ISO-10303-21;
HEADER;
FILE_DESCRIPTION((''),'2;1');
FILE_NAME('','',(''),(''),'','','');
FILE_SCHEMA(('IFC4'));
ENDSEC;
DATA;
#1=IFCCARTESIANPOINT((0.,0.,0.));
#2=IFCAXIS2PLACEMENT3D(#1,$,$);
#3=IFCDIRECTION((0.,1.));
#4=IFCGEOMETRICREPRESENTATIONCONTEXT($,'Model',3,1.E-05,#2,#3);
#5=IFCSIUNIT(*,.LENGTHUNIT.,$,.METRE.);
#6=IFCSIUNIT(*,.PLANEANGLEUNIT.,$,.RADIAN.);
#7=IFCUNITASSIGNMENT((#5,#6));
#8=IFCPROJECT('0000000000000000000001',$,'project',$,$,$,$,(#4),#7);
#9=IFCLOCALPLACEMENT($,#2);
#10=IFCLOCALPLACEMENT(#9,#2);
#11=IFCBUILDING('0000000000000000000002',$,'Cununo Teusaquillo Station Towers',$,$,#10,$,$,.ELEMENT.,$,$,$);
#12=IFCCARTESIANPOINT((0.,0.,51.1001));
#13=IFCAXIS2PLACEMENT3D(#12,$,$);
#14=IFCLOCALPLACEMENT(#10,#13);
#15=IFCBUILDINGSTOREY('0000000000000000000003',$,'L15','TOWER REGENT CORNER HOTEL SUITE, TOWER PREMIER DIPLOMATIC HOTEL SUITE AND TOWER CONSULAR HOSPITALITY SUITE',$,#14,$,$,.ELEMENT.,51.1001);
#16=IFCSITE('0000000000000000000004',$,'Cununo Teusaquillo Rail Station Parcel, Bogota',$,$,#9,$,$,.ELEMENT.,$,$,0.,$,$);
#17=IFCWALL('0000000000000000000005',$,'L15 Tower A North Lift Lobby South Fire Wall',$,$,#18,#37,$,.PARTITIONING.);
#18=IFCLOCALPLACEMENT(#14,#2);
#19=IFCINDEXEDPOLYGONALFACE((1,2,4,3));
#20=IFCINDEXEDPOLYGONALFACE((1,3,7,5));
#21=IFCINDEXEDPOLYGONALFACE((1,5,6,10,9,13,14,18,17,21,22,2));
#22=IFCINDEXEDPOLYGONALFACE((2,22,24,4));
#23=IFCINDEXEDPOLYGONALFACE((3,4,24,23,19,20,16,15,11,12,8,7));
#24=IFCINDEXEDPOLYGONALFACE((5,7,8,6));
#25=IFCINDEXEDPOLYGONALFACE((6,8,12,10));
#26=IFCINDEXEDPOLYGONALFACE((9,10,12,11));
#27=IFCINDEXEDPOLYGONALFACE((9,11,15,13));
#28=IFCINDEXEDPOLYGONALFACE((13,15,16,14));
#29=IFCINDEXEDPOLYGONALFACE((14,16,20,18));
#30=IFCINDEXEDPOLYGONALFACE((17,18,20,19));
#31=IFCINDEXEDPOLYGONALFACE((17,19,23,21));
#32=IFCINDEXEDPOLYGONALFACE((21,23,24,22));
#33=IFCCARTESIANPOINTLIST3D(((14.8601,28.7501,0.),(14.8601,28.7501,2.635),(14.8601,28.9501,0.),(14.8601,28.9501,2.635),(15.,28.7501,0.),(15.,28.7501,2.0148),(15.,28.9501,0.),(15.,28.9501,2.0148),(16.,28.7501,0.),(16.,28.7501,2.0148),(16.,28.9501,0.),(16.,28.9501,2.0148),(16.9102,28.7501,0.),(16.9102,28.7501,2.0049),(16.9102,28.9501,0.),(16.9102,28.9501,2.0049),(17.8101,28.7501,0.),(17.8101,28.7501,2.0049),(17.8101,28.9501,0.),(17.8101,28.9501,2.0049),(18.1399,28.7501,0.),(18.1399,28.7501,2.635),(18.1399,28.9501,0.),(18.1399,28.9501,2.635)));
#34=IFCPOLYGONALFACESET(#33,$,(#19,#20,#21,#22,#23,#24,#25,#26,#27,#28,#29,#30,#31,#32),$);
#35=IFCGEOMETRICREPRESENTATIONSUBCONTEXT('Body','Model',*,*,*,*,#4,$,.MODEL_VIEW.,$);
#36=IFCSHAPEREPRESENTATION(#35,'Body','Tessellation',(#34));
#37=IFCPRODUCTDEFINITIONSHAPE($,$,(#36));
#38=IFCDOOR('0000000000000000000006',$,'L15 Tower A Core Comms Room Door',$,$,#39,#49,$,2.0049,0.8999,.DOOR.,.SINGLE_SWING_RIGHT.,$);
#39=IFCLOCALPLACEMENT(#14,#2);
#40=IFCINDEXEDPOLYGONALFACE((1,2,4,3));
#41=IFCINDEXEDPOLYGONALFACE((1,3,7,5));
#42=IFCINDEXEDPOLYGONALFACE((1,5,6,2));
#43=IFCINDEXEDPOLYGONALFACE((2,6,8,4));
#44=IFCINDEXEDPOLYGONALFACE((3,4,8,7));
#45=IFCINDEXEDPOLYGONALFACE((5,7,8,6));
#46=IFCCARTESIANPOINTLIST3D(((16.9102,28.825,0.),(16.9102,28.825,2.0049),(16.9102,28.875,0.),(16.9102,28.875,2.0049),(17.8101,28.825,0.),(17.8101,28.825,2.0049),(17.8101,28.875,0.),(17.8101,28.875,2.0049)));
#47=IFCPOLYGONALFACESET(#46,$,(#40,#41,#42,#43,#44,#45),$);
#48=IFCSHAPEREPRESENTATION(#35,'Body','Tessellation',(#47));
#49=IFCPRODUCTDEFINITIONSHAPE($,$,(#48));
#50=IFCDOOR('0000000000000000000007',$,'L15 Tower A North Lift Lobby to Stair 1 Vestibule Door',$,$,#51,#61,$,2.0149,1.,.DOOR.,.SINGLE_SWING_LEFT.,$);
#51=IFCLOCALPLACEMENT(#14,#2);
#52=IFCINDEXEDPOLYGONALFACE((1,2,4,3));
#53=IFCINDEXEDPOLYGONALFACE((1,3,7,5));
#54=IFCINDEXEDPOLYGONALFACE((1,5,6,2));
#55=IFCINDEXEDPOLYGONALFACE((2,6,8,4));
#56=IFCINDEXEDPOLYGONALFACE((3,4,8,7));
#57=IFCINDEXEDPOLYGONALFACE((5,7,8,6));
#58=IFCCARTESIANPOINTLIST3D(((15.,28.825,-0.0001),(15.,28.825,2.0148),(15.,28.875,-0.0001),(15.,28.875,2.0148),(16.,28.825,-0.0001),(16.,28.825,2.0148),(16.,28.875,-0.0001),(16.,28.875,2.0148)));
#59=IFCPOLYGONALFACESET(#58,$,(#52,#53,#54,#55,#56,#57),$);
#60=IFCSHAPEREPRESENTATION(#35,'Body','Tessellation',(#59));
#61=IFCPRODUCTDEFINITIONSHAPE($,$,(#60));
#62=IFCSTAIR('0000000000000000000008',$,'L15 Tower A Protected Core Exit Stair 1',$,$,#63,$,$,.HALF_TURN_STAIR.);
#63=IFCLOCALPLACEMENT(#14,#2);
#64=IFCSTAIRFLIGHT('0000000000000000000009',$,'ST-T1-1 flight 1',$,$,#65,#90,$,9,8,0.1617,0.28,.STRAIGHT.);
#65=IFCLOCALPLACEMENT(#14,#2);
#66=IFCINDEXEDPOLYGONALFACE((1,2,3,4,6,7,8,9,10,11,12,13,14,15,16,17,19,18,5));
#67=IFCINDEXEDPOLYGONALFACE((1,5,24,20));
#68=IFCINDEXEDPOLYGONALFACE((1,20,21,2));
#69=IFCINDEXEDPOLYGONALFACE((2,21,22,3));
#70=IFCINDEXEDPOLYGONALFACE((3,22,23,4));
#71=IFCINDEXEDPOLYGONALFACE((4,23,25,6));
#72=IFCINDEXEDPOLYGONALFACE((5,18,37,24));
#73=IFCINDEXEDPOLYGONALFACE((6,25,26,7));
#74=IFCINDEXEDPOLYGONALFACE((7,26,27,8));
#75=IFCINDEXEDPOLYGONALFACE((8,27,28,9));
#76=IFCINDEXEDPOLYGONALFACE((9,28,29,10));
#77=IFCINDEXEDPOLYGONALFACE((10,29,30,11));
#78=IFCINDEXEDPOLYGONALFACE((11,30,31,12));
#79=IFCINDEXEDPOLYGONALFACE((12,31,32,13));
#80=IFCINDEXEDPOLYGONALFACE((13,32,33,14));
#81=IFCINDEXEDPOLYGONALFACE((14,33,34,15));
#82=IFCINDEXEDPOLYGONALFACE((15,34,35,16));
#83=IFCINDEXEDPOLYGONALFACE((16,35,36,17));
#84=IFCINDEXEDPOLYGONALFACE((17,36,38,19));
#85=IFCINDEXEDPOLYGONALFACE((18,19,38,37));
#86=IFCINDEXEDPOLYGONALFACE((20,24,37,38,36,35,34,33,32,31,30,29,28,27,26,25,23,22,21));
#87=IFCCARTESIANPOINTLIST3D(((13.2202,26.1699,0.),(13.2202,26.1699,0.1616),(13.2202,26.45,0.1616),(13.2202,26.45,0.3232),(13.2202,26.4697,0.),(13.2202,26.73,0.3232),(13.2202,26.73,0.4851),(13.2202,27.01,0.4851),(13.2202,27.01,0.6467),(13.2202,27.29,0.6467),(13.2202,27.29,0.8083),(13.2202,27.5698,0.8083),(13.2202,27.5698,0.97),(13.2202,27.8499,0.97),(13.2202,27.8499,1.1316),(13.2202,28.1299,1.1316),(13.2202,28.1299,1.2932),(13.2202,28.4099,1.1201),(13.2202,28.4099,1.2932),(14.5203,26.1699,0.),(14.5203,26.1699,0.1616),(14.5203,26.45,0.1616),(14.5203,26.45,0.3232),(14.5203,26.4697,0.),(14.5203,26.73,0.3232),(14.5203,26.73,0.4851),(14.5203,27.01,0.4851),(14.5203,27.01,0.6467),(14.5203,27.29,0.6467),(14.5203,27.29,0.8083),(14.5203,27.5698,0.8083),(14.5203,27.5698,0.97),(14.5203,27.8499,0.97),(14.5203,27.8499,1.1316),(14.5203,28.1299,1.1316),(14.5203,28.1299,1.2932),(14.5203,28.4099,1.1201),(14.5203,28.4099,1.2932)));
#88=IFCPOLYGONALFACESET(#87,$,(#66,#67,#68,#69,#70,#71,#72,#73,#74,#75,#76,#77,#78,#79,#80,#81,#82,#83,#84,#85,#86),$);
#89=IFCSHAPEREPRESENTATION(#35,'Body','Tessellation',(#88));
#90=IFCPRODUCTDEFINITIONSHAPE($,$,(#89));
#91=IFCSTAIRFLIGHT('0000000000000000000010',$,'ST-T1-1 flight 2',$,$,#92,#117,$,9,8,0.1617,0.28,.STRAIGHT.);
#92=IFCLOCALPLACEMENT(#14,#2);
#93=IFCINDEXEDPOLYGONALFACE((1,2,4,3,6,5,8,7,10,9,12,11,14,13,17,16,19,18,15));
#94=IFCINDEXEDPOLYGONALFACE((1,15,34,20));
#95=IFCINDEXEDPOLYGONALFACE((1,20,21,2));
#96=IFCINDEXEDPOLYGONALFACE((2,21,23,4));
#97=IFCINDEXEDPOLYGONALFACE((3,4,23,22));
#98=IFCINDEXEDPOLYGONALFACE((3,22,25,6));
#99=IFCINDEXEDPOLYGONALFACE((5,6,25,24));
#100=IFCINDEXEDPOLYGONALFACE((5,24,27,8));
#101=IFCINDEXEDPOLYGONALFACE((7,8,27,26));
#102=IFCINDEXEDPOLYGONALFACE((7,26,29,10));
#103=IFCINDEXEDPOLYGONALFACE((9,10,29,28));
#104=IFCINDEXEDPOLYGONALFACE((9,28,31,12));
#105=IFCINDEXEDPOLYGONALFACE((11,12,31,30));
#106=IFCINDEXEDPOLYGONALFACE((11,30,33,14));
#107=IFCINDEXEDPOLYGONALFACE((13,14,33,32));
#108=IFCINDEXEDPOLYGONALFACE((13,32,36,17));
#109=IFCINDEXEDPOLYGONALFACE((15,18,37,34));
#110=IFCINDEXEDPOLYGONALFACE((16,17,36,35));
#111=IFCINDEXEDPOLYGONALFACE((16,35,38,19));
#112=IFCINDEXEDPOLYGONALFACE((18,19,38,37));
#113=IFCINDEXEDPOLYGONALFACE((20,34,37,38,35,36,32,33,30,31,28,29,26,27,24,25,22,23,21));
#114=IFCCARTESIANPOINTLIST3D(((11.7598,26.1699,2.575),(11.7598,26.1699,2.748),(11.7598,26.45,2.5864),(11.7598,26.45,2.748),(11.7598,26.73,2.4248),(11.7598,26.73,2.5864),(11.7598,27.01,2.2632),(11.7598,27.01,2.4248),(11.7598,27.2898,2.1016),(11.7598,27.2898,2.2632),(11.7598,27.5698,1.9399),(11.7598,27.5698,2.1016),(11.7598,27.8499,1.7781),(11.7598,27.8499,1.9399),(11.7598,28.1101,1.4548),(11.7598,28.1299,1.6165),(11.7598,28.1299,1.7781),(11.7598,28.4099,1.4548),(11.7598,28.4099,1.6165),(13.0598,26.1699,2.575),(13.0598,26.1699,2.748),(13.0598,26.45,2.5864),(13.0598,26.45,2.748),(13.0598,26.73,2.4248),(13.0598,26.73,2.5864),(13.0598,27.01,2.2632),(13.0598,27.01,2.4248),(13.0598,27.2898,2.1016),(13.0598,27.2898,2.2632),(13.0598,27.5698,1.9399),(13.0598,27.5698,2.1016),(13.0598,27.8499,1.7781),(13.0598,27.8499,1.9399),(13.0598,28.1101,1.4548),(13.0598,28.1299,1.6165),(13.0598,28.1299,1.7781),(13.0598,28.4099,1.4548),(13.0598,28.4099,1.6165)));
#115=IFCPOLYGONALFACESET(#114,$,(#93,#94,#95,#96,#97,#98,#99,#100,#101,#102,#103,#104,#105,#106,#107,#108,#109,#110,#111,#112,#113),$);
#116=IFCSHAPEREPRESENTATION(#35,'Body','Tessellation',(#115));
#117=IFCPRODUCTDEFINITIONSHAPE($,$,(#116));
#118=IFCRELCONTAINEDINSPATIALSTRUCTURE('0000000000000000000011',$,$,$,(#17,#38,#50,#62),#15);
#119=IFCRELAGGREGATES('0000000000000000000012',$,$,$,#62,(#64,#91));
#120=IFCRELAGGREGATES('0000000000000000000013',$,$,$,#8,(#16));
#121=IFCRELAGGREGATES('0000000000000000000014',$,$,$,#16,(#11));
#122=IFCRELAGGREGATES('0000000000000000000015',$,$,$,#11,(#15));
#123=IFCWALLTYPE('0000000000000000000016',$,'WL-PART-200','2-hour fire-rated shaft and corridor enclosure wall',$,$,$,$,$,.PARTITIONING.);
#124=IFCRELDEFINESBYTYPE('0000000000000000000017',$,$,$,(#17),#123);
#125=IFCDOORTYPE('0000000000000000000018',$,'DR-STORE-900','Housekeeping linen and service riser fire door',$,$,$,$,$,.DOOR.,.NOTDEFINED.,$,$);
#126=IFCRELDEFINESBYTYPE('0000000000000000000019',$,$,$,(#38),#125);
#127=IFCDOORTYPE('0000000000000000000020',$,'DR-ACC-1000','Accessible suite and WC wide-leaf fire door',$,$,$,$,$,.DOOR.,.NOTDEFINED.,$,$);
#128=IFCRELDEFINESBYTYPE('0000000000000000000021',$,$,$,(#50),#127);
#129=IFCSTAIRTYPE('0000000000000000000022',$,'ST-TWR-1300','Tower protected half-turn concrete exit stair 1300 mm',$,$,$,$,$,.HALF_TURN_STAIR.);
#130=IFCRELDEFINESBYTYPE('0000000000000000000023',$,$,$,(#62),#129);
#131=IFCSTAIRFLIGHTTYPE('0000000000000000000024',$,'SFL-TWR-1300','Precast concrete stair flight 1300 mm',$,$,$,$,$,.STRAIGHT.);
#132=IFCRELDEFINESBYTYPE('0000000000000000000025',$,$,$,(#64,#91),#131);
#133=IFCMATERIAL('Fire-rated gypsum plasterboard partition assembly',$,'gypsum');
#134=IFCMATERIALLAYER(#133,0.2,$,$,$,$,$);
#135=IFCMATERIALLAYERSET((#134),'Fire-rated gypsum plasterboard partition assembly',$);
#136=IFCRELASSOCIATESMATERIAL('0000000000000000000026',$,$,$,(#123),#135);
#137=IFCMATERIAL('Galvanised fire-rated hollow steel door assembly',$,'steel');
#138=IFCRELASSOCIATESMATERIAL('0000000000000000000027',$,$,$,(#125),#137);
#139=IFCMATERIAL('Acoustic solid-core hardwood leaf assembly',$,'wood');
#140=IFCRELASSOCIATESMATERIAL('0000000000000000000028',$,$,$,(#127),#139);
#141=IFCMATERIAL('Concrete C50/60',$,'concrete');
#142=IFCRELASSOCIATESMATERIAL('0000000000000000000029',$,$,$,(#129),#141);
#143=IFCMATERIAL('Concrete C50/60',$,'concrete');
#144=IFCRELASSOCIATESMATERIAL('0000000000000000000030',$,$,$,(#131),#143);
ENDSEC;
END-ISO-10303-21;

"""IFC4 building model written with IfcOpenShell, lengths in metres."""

from ifc_helpers import new_model, si_unit, direction, frame, frame_2d, origin, place, context, subcontext, project, spatial, polyline, rectangle, outline, extrude, source, transform, mapped, material, layer, layer_set, type_object, element, fill, aggregate, save


model = new_model("IFC4")

# Units and contexts
model_context = context("Model", 3, precision=1e-05, world=origin(), true_north=direction((0.0, 1.0)))
body_context = subcontext(model_context, "Body", "Model", "MODEL_VIEW")
ifc_project = project(units=[si_unit("LENGTHUNIT", "METRE"), si_unit("PLANEANGLEUNIT", "RADIAN")], contexts=[model_context])

# Site, building, storey
site_placement = place(None, origin())
site = spatial("IfcSite", under=ifc_project, at=site_placement, Name="Cununo Teusaquillo Rail Station Parcel, Bogota", CompositionType="ELEMENT", RefElevation=0.0)
building_placement = place(site_placement, origin())
building = spatial("IfcBuilding", under=site, at=building_placement, Name="Cununo Teusaquillo Station Towers", CompositionType="ELEMENT")
storey_placement = place(building_placement, frame((0.0, 0.0, 51.1001)))
storey = spatial("IfcBuildingStorey", under=building, at=storey_placement, Name="L15", Description="TOWER REGENT CORNER HOTEL SUITE, TOWER PREMIER DIPLOMATIC HOTEL SUITE AND TOWER CONSULAR HOSPITALITY SUITE", CompositionType="ELEMENT", Elevation=51.1001)

# Shared definitions
shared_shape_1 = source(origin(), body_context, "Body", "SweptSolid", [
    extrude(rectangle(XDim=0.8999, YDim=2.0049, at=frame_2d((0.45, 1.0024))), frame((0.0, 0.0249, 0.0), z_axis=(0.0, -1.0, 0.0), x_axis=(1.0, 0.0, 0.0)), (0.0, 0.0, 1.0), 0.05),
])

# Shared definitions
ifc_material_1 = material(Name="Fire-rated gypsum plasterboard partition assembly", Category="gypsum")
ifc_layer_1 = layer(ifc_material_1, 0.2)
ifc_layer_set_1 = layer_set([ifc_layer_1], Name="Fire-rated gypsum plasterboard partition assembly")
wall_type_1 = type_object("IfcWallType", Name="WL-PART-200", Description="2-hour fire-rated shaft and corridor enclosure wall", PredefinedType="PARTITIONING", material=ifc_layer_set_1)
shared_shape_2 = source(origin(), body_context, "Body", "SweptSolid", [
    extrude(rectangle(XDim=0.8999, YDim=2.0049, at=frame_2d((0.45, 1.0024))), frame((0.0, 0.1099, 0.0), z_axis=(0.0, -1.0, 0.0), x_axis=(1.0, 0.0, 0.0)), (0.0, 0.0, 1.0), 0.22),
])
ifc_material_2 = material(Name="Galvanised fire-rated hollow steel door assembly", Category="steel")
door_type_1 = type_object("IfcDoorType", Name="DR-STORE-900", Description="Housekeeping linen and service riser fire door", OperationType="NOTDEFINED", PredefinedType="DOOR", material=ifc_material_2)

# Wall, openings, doors
wall_1_placement = place(storey_placement, frame((14.8601, 28.8501, 0.0), z_axis=(0.0, 0.0, 1.0), x_axis=(1.0, 0.0, 0.0)))
wall_1 = element("IfcWall", 1, at=wall_1_placement, inside=storey, type_object=wall_type_1, Name="L15 Tower A North Lift Lobby South Fire Wall", PredefinedType="PARTITIONING", context=body_context, shape_type="SweptSolid", body=[
    extrude(rectangle(XDim=3.2798, YDim=0.2, at=frame_2d((1.6399, 0.0))), origin(), (0.0, 0.0, 1.0), 2.635),
])
shared_shape_3 = source(origin(), body_context, "Body", "SweptSolid", [
    extrude(rectangle(XDim=1.0, YDim=2.0149, at=frame_2d((0.5, 1.0073))), frame((0.0, 0.1099, 0.0), z_axis=(0.0, -1.0, 0.0), x_axis=(1.0, 0.0, 0.0)), (0.0, 0.0, 1.0), 0.22),
])
opening_1_placement = place(wall_1_placement, frame((0.1399, 0.0, 0.0)))
opening_1 = element("IfcOpeningElement", 2, at=opening_1_placement, cuts=wall_1, PredefinedType="OPENING", context=body_context, shape_type="MappedRepresentation", body=[
    mapped(shared_shape_3, transform((0.0, 0.0, 0.0), x_axis=(1.0, 0.0, 0.0), y_axis=(0.0, 1.0, 0.0), z_axis=(0.0, 0.0, 1.0), scale=1.0)),
])
opening_2_placement = place(wall_1_placement, frame((2.05, 0.0, 0.0)))
opening_2 = element("IfcOpeningElement", 3, at=opening_2_placement, cuts=wall_1, PredefinedType="OPENING", context=body_context, shape_type="MappedRepresentation", body=[
    mapped(shared_shape_2, transform((0.0, 0.0, 0.0), x_axis=(1.0, 0.0, 0.0), y_axis=(0.0, 1.0, 0.0), z_axis=(0.0, 0.0, 1.0), scale=1.0)),
])
door_1_placement = place(opening_2_placement, origin())
door_1 = element("IfcDoor", 4, at=door_1_placement, inside=storey, type_object=door_type_1, Name="L15 Tower A Core Comms Room Door", OperationType="SINGLE_SWING_RIGHT", OverallHeight=2.0049, OverallWidth=0.8999, PredefinedType="DOOR", context=body_context, shape_type="MappedRepresentation", body=[
    mapped(shared_shape_1, transform((0.0, 0.0, 0.0), x_axis=(1.0, 0.0, 0.0), y_axis=(0.0, 1.0, 0.0), z_axis=(0.0, 0.0, 1.0), scale=1.0)),
])
fill(opening_2, door_1)
ifc_material_3 = material(Name="Acoustic solid-core hardwood leaf assembly", Category="wood")
door_type_2 = type_object("IfcDoorType", Name="DR-ACC-1000", Description="Accessible suite and WC wide-leaf fire door", OperationType="NOTDEFINED", PredefinedType="DOOR", material=ifc_material_3)
shared_shape_4 = source(origin(), body_context, "Body", "SweptSolid", [
    extrude(rectangle(XDim=1.0, YDim=2.0149, at=frame_2d((0.5, 1.0073))), frame((0.0, 0.0249, 0.0), z_axis=(0.0, -1.0, 0.0), x_axis=(1.0, 0.0, 0.0)), (0.0, 0.0, 1.0), 0.05),
])
door_2_placement = place(opening_1_placement, origin())
door_2 = element("IfcDoor", 5, at=door_2_placement, inside=storey, type_object=door_type_2, Name="L15 Tower A North Lift Lobby to Stair 1 Vestibule Door", OperationType="SINGLE_SWING_LEFT", OverallHeight=2.0149, OverallWidth=1.0, PredefinedType="DOOR", context=body_context, shape_type="MappedRepresentation", body=[
    mapped(shared_shape_4, transform((0.0, 0.0, 0.0), x_axis=(1.0, 0.0, 0.0), y_axis=(0.0, 1.0, 0.0), z_axis=(0.0, 0.0, 1.0), scale=1.0)),
])
fill(opening_1, door_2)

# Stair, stair flights
ifc_material_4 = material(Name="Concrete C50/60", Category="concrete")
stair_type = type_object("IfcStairType", Name="ST-TWR-1300", Description="Tower protected half-turn concrete exit stair 1300 mm", PredefinedType="HALF_TURN_STAIR", material=ifc_material_4)
stair_placement = place(storey_placement, origin())
stair = element("IfcStair", 6, at=stair_placement, inside=storey, type_object=stair_type, Name="L15 Tower A Protected Core Exit Stair 1", PredefinedType="HALF_TURN_STAIR")
ifc_material_5 = material(Name="Concrete C50/60", Category="concrete")
stair_flight_type = type_object("IfcStairFlightType", Name="SFL-TWR-1300", Description="Precast concrete stair flight 1300 mm", PredefinedType="STRAIGHT", material=ifc_material_5)
stair_flight_1_placement = place(storey_placement, frame((13.8701, 26.1699, 0.0), z_axis=(0.0, 0.0, 1.0), x_axis=(0.0, 1.0, 0.0)))
stair_flight_1 = element("IfcStairFlight", 7, at=stair_flight_1_placement, type_object=stair_flight_type, Name="ST-T1-1 flight 1", NumberOfRisers=9, NumberOfTreads=8, PredefinedType="STRAIGHT", RiserHeight=0.1617, TreadLength=0.28, context=body_context, shape_type="SweptSolid", body=[
    extrude(outline(polyline([(0.0, 0.0), (0.0, 0.1616), (0.28, 0.1616), (0.28, 0.3232), (0.5601, 0.3232), (0.5601, 0.4851), (0.8401, 0.4851), (0.8401, 0.6467), (1.1201, 0.6467), (1.1201, 0.8083), (1.3999, 0.8083), (1.3999, 0.97), (1.6799, 0.97), (1.6799, 1.1316), (1.96, 1.1316), (1.96, 1.2932), (2.24, 1.2932), (2.24, 1.4551), (2.24, 1.1201), (0.2998, 0.0), (0.0, 0.0)])), frame((0.0, 0.6499, 0.0), z_axis=(0.0, -1.0, 0.0), x_axis=(1.0, 0.0, 0.0)), (0.0, 0.0, 1.0), 1.3),
])
stair_flight_2_placement = place(storey_placement, frame((12.4099, 28.4099, 1.4548), z_axis=(0.0, 0.0, 1.0), x_axis=(0.0, -1.0, 0.0)))
stair_flight_2 = element("IfcStairFlight", 8, at=stair_flight_2_placement, type_object=stair_flight_type, Name="ST-T1-1 flight 2", NumberOfRisers=9, NumberOfTreads=8, PredefinedType="STRAIGHT", RiserHeight=0.1617, TreadLength=0.28, context=body_context, shape_type="SweptSolid", body=[
    extrude(outline(polyline([(0.0, 0.0), (0.0, 0.1616), (0.28, 0.1616), (0.28, 0.3232), (0.5601, 0.3232), (0.5601, 0.4851), (0.8401, 0.4851), (0.8401, 0.6467), (1.1201, 0.6467), (1.1201, 0.8083), (1.3999, 0.8083), (1.3999, 0.97), (1.6799, 0.97), (1.6799, 1.1316), (1.96, 1.1316), (1.96, 1.2932), (2.24, 1.2932), (2.24, 1.4551), (2.24, 1.1201), (0.2998, 0.0), (0.0, 0.0)])), frame((0.0, 0.6499, 0.0), z_axis=(0.0, -1.0, 0.0), x_axis=(1.0, 0.0, 0.0)), (0.0, 0.0, 1.0), 1.3),
])
aggregate(stair, [stair_flight_1, stair_flight_2])

save(model, "model.ifc")
